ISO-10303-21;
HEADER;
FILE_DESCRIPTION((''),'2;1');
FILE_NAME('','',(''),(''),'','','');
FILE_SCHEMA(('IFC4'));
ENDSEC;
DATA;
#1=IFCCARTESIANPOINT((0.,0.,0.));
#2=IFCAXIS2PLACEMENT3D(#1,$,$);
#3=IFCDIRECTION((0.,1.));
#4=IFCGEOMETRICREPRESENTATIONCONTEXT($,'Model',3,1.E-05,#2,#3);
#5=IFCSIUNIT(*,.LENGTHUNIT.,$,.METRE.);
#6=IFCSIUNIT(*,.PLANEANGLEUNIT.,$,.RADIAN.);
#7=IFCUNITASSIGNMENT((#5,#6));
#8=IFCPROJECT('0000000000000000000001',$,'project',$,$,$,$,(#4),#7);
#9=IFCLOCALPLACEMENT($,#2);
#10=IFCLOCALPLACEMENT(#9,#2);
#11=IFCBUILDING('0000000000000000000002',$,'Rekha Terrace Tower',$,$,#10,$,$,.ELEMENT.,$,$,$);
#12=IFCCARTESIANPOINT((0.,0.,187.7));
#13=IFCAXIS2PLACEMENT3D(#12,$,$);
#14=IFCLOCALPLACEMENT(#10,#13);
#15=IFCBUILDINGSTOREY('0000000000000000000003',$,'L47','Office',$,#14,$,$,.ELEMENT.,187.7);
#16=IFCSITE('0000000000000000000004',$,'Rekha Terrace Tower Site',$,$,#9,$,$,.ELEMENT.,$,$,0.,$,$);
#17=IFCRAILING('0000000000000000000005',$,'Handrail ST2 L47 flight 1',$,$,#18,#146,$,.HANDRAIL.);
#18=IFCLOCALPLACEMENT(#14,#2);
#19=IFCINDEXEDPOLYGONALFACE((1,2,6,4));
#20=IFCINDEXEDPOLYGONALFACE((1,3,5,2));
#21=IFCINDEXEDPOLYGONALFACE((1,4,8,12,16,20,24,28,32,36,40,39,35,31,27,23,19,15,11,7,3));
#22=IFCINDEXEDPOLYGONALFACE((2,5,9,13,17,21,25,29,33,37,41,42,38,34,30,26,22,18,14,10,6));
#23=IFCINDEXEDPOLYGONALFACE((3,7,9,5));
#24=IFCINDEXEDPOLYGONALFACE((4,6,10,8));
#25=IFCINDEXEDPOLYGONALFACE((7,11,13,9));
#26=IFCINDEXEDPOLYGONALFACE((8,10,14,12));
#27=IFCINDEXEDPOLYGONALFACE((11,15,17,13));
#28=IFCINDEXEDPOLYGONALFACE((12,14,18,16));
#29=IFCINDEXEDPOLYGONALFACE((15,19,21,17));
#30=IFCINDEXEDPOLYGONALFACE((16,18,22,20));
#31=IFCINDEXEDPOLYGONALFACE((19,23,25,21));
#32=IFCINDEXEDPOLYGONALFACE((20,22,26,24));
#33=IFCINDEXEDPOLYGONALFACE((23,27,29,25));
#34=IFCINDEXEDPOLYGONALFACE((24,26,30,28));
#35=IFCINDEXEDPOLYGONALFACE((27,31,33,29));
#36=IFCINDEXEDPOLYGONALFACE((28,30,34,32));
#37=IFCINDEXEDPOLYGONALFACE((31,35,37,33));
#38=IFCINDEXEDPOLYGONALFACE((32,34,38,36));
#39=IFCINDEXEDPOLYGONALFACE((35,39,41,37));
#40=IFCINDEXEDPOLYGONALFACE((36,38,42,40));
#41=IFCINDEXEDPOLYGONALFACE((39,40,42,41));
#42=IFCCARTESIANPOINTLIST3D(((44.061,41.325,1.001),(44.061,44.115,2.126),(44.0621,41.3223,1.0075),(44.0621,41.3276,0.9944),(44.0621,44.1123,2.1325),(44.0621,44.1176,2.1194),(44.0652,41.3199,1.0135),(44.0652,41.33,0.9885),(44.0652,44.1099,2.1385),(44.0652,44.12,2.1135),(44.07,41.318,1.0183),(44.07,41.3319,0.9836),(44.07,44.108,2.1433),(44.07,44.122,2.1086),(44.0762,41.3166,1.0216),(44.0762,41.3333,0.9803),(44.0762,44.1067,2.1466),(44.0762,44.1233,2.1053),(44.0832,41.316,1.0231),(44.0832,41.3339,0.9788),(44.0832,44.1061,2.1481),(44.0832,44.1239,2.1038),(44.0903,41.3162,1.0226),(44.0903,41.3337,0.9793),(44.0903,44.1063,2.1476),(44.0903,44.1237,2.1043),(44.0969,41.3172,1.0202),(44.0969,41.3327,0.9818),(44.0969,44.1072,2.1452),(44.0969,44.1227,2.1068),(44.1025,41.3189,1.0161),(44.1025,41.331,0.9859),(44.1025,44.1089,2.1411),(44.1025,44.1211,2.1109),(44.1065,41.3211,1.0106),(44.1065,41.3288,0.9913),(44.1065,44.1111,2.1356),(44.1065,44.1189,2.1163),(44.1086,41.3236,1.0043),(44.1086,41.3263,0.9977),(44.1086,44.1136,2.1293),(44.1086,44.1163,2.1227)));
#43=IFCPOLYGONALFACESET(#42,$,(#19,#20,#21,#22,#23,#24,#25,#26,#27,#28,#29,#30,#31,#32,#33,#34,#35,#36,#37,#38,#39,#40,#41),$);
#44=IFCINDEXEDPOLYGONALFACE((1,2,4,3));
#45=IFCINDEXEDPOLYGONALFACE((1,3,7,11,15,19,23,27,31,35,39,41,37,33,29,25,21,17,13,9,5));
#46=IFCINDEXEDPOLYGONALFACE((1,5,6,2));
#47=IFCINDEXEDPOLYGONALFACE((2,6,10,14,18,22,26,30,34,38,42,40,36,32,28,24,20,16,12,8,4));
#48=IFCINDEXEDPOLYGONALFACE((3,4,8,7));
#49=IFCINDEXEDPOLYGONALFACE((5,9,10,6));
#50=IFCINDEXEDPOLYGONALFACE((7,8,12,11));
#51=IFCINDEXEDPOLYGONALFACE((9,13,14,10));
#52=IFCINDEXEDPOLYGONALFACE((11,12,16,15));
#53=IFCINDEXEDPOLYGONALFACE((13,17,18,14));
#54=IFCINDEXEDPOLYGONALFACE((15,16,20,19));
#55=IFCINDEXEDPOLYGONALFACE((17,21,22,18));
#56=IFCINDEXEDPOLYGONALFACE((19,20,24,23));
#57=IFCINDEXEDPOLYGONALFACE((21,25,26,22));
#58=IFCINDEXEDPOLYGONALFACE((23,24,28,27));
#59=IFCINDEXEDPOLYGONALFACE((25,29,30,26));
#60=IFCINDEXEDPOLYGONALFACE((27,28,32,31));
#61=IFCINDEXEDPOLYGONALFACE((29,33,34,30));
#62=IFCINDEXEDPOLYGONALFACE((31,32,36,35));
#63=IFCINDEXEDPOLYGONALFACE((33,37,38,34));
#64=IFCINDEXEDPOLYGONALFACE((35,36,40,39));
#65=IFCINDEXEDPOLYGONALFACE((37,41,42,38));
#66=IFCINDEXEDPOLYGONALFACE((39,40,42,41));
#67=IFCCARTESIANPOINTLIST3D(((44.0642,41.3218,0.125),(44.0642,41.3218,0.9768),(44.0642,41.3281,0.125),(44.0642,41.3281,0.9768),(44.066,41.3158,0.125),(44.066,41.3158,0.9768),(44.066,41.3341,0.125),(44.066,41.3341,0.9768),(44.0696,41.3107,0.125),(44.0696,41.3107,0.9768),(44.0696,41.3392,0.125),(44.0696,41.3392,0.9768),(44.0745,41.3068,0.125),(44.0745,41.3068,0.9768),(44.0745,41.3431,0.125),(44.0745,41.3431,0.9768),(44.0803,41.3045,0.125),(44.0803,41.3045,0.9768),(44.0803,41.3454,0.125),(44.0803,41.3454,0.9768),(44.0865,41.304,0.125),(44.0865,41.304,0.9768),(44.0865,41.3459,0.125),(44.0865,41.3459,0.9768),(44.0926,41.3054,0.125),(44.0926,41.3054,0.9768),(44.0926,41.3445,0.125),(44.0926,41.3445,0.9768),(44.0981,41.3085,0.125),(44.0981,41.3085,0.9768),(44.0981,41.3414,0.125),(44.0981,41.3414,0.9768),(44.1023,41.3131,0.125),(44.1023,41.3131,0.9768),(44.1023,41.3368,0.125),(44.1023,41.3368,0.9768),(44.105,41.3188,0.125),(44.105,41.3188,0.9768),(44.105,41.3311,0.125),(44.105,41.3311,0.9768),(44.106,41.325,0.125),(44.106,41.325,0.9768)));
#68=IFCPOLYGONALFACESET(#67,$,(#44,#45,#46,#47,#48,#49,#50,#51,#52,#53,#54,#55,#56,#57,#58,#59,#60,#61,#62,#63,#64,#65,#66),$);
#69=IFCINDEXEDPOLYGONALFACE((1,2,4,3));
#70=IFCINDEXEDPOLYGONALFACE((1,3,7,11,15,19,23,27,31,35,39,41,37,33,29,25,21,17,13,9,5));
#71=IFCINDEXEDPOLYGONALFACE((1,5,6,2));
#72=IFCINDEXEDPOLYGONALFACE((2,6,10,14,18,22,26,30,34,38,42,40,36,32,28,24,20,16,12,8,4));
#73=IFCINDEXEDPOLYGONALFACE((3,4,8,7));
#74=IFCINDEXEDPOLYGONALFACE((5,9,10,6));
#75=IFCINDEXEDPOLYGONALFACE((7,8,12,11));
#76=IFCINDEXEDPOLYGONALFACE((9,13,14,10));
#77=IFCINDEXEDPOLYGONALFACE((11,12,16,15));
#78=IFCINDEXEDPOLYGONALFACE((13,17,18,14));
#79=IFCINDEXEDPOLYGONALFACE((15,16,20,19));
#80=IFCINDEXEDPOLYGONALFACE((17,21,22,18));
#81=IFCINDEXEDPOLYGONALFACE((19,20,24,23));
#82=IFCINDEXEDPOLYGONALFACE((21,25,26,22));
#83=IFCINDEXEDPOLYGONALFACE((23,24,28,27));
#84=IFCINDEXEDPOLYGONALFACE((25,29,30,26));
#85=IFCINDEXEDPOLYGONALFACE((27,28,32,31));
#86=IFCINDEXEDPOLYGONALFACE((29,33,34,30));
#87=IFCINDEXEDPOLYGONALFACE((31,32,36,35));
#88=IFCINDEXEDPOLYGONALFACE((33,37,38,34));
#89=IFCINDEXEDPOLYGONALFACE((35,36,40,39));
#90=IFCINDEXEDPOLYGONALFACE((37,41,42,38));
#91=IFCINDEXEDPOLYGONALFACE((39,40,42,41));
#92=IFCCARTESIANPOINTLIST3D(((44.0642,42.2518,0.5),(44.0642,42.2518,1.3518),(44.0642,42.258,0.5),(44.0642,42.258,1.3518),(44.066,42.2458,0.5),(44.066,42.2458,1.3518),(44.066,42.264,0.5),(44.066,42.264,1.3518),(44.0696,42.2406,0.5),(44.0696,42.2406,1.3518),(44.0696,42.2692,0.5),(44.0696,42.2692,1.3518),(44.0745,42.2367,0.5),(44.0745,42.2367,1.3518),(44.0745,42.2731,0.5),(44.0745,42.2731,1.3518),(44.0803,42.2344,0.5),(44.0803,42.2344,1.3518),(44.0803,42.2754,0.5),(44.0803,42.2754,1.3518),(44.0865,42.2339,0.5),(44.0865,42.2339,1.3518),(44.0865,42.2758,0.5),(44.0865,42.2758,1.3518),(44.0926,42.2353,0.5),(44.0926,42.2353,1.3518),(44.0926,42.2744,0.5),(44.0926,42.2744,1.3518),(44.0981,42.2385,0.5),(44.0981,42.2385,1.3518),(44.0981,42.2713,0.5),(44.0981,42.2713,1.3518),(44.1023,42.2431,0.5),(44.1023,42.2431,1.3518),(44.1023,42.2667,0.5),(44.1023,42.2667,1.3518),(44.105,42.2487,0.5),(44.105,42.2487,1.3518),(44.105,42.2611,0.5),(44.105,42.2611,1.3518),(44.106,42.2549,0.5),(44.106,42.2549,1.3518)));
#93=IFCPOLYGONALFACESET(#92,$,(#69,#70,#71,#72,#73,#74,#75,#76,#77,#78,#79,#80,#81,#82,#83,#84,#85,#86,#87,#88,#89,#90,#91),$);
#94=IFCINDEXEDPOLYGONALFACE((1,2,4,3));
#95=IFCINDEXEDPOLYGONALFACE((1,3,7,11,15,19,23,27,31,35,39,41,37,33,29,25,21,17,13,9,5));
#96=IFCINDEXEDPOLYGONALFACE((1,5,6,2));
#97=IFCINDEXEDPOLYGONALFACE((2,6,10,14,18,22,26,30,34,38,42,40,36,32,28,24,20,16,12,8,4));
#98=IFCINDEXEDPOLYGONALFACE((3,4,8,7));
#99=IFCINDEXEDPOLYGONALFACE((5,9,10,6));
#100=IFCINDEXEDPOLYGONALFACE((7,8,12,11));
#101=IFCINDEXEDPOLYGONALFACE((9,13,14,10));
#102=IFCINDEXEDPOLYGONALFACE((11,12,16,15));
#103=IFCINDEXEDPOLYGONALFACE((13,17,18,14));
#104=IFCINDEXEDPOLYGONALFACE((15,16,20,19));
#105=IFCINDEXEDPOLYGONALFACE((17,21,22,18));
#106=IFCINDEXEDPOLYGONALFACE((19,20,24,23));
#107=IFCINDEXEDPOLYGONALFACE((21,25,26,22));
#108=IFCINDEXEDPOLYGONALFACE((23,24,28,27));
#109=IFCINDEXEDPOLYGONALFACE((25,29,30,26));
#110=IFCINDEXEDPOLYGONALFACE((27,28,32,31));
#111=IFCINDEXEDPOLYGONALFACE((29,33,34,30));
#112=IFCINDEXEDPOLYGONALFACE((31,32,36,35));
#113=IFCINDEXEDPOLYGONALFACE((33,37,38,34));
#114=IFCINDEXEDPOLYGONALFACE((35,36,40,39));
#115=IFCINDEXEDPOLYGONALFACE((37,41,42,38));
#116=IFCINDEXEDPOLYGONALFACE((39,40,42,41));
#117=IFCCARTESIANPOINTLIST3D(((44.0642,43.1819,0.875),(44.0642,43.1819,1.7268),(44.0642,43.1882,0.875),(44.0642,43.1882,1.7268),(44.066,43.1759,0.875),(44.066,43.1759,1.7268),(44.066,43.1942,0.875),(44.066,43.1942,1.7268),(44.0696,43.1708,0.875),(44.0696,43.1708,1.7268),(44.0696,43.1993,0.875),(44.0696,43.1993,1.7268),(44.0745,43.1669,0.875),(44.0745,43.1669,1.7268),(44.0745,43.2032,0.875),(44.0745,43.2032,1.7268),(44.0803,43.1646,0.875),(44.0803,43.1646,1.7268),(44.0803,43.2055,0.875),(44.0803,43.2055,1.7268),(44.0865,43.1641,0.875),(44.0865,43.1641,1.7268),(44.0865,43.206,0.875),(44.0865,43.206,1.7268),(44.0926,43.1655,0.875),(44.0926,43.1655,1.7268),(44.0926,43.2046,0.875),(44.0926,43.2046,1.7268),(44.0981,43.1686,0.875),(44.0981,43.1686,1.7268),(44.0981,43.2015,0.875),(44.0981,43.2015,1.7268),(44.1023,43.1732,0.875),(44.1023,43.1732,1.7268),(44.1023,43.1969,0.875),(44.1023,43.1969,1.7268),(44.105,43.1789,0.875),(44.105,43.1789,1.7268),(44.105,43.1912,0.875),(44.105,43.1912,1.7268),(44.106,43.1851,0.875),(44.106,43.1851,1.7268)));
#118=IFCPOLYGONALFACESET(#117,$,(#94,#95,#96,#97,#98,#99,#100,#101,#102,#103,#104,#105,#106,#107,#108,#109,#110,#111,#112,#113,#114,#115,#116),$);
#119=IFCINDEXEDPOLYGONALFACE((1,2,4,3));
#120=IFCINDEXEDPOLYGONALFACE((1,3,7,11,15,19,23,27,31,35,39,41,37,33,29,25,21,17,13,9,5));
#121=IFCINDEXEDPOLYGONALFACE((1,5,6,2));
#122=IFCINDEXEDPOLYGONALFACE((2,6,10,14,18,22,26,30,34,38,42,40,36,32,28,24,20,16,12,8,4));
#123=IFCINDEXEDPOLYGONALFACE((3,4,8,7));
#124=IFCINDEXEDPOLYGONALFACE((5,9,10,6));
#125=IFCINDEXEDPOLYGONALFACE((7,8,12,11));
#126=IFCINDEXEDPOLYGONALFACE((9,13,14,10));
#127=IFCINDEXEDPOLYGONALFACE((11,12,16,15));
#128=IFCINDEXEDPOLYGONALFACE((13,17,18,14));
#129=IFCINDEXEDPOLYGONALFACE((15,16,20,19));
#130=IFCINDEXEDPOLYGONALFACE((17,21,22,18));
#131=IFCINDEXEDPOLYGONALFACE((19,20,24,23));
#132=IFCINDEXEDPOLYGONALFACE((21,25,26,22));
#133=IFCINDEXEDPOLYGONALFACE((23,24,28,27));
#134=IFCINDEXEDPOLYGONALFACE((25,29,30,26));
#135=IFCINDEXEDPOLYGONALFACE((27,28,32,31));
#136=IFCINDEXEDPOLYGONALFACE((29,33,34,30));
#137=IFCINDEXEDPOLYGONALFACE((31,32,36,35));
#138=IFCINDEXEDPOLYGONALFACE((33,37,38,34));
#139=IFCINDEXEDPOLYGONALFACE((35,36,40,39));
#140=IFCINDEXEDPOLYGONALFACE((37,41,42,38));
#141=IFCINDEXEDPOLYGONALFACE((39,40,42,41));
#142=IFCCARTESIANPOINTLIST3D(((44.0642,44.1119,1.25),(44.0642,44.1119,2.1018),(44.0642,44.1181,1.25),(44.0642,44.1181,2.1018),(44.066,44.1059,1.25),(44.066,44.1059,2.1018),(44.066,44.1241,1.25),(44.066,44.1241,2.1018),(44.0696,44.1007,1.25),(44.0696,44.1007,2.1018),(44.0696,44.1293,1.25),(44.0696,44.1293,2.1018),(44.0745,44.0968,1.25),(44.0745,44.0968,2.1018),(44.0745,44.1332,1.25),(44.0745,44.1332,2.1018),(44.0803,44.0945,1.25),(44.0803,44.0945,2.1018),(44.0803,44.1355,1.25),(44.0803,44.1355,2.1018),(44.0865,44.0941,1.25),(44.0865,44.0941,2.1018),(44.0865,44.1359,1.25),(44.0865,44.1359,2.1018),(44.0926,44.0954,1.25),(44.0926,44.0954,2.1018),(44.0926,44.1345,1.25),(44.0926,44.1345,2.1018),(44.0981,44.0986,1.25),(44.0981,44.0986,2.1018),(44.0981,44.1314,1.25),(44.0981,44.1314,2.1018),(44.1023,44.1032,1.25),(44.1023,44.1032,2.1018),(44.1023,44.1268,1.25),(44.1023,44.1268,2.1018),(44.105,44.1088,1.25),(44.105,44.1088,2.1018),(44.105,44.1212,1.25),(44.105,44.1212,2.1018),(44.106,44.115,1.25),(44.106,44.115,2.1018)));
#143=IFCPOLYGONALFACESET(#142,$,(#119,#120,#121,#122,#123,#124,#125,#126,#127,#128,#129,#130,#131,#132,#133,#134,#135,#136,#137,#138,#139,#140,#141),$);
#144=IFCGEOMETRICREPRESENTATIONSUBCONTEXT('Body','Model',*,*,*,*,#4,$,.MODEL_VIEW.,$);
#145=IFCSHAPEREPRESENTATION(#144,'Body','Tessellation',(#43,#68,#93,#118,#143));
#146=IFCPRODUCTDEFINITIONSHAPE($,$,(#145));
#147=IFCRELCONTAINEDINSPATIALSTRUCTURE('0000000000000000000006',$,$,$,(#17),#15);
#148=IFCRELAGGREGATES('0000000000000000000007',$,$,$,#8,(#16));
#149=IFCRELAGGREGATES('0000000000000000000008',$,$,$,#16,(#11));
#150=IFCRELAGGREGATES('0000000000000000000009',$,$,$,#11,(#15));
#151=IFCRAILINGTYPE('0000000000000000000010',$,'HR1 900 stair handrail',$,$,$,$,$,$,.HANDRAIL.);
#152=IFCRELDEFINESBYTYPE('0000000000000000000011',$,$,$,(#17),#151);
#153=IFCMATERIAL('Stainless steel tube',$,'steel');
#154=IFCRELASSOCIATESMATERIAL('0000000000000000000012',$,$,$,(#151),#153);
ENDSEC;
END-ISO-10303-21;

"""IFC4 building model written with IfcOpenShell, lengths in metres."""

from ifc_helpers import new_model, si_unit, direction, frame, origin, origin_2d, place, context, subcontext, project, spatial, circle, extrude, material, type_object, element, save


model = new_model("IFC4")

# Units and contexts
model_context = context("Model", 3, precision=1e-05, world=origin(), true_north=direction((0.0, 1.0)))
body_context = subcontext(model_context, "Body", "Model", "MODEL_VIEW")
ifc_project = project(units=[si_unit("LENGTHUNIT", "METRE"), si_unit("PLANEANGLEUNIT", "RADIAN")], contexts=[model_context])

# Site, building, storey
site_placement = place(None, origin())
site = spatial("IfcSite", under=ifc_project, at=site_placement, Name="Rekha Terrace Tower Site", CompositionType="ELEMENT", RefElevation=0.0)
building_placement = place(site_placement, origin())
building = spatial("IfcBuilding", under=site, at=building_placement, Name="Rekha Terrace Tower", CompositionType="ELEMENT")
storey_placement = place(building_placement, frame((0.0, 0.0, 187.7)))
storey = spatial("IfcBuildingStorey", under=building, at=storey_placement, Name="L47", Description="Office", CompositionType="ELEMENT", Elevation=187.7)

# Railing
ifc_material_1 = material(Name="Stainless steel tube", Category="steel")
railing_type_1 = type_object("IfcRailingType", Name="HR1 900 stair handrail", PredefinedType="HANDRAIL", material=ifc_material_1)
railing_1_placement = place(storey_placement, frame((44.085, 41.325, 0.125)))
element("IfcRailing", 1, at=railing_1_placement, inside=storey, type_object=railing_type_1, Name="Handrail ST2 L47 flight 1", PredefinedType="HANDRAIL", context=body_context, shape_type="SweptSolid", body=[
    extrude(circle(Radius=0.0239, at=origin_2d()), frame((0.0, 0.0, 0.876), z_axis=(0.0, 0.927443, 0.373964), x_axis=(-1.0, 0.0, 0.0)), (0.0, 0.0, 1.0), 3.0083),
    extrude(circle(Radius=0.021, at=origin_2d()), origin(), (0.0, 0.0, 1.0), 0.8518),
    extrude(circle(Radius=0.021, at=origin_2d()), frame((0.0, 0.9299, 0.375)), (0.0, 0.0, 1.0), 0.8518),
    extrude(circle(Radius=0.021, at=origin_2d()), frame((0.0, 1.8601, 0.75)), (0.0, 0.0, 1.0), 0.8518),
    extrude(circle(Radius=0.021, at=origin_2d()), frame((0.0, 2.79, 1.125)), (0.0, 0.0, 1.0), 0.8518),
])

save(model, "model.ifc")
